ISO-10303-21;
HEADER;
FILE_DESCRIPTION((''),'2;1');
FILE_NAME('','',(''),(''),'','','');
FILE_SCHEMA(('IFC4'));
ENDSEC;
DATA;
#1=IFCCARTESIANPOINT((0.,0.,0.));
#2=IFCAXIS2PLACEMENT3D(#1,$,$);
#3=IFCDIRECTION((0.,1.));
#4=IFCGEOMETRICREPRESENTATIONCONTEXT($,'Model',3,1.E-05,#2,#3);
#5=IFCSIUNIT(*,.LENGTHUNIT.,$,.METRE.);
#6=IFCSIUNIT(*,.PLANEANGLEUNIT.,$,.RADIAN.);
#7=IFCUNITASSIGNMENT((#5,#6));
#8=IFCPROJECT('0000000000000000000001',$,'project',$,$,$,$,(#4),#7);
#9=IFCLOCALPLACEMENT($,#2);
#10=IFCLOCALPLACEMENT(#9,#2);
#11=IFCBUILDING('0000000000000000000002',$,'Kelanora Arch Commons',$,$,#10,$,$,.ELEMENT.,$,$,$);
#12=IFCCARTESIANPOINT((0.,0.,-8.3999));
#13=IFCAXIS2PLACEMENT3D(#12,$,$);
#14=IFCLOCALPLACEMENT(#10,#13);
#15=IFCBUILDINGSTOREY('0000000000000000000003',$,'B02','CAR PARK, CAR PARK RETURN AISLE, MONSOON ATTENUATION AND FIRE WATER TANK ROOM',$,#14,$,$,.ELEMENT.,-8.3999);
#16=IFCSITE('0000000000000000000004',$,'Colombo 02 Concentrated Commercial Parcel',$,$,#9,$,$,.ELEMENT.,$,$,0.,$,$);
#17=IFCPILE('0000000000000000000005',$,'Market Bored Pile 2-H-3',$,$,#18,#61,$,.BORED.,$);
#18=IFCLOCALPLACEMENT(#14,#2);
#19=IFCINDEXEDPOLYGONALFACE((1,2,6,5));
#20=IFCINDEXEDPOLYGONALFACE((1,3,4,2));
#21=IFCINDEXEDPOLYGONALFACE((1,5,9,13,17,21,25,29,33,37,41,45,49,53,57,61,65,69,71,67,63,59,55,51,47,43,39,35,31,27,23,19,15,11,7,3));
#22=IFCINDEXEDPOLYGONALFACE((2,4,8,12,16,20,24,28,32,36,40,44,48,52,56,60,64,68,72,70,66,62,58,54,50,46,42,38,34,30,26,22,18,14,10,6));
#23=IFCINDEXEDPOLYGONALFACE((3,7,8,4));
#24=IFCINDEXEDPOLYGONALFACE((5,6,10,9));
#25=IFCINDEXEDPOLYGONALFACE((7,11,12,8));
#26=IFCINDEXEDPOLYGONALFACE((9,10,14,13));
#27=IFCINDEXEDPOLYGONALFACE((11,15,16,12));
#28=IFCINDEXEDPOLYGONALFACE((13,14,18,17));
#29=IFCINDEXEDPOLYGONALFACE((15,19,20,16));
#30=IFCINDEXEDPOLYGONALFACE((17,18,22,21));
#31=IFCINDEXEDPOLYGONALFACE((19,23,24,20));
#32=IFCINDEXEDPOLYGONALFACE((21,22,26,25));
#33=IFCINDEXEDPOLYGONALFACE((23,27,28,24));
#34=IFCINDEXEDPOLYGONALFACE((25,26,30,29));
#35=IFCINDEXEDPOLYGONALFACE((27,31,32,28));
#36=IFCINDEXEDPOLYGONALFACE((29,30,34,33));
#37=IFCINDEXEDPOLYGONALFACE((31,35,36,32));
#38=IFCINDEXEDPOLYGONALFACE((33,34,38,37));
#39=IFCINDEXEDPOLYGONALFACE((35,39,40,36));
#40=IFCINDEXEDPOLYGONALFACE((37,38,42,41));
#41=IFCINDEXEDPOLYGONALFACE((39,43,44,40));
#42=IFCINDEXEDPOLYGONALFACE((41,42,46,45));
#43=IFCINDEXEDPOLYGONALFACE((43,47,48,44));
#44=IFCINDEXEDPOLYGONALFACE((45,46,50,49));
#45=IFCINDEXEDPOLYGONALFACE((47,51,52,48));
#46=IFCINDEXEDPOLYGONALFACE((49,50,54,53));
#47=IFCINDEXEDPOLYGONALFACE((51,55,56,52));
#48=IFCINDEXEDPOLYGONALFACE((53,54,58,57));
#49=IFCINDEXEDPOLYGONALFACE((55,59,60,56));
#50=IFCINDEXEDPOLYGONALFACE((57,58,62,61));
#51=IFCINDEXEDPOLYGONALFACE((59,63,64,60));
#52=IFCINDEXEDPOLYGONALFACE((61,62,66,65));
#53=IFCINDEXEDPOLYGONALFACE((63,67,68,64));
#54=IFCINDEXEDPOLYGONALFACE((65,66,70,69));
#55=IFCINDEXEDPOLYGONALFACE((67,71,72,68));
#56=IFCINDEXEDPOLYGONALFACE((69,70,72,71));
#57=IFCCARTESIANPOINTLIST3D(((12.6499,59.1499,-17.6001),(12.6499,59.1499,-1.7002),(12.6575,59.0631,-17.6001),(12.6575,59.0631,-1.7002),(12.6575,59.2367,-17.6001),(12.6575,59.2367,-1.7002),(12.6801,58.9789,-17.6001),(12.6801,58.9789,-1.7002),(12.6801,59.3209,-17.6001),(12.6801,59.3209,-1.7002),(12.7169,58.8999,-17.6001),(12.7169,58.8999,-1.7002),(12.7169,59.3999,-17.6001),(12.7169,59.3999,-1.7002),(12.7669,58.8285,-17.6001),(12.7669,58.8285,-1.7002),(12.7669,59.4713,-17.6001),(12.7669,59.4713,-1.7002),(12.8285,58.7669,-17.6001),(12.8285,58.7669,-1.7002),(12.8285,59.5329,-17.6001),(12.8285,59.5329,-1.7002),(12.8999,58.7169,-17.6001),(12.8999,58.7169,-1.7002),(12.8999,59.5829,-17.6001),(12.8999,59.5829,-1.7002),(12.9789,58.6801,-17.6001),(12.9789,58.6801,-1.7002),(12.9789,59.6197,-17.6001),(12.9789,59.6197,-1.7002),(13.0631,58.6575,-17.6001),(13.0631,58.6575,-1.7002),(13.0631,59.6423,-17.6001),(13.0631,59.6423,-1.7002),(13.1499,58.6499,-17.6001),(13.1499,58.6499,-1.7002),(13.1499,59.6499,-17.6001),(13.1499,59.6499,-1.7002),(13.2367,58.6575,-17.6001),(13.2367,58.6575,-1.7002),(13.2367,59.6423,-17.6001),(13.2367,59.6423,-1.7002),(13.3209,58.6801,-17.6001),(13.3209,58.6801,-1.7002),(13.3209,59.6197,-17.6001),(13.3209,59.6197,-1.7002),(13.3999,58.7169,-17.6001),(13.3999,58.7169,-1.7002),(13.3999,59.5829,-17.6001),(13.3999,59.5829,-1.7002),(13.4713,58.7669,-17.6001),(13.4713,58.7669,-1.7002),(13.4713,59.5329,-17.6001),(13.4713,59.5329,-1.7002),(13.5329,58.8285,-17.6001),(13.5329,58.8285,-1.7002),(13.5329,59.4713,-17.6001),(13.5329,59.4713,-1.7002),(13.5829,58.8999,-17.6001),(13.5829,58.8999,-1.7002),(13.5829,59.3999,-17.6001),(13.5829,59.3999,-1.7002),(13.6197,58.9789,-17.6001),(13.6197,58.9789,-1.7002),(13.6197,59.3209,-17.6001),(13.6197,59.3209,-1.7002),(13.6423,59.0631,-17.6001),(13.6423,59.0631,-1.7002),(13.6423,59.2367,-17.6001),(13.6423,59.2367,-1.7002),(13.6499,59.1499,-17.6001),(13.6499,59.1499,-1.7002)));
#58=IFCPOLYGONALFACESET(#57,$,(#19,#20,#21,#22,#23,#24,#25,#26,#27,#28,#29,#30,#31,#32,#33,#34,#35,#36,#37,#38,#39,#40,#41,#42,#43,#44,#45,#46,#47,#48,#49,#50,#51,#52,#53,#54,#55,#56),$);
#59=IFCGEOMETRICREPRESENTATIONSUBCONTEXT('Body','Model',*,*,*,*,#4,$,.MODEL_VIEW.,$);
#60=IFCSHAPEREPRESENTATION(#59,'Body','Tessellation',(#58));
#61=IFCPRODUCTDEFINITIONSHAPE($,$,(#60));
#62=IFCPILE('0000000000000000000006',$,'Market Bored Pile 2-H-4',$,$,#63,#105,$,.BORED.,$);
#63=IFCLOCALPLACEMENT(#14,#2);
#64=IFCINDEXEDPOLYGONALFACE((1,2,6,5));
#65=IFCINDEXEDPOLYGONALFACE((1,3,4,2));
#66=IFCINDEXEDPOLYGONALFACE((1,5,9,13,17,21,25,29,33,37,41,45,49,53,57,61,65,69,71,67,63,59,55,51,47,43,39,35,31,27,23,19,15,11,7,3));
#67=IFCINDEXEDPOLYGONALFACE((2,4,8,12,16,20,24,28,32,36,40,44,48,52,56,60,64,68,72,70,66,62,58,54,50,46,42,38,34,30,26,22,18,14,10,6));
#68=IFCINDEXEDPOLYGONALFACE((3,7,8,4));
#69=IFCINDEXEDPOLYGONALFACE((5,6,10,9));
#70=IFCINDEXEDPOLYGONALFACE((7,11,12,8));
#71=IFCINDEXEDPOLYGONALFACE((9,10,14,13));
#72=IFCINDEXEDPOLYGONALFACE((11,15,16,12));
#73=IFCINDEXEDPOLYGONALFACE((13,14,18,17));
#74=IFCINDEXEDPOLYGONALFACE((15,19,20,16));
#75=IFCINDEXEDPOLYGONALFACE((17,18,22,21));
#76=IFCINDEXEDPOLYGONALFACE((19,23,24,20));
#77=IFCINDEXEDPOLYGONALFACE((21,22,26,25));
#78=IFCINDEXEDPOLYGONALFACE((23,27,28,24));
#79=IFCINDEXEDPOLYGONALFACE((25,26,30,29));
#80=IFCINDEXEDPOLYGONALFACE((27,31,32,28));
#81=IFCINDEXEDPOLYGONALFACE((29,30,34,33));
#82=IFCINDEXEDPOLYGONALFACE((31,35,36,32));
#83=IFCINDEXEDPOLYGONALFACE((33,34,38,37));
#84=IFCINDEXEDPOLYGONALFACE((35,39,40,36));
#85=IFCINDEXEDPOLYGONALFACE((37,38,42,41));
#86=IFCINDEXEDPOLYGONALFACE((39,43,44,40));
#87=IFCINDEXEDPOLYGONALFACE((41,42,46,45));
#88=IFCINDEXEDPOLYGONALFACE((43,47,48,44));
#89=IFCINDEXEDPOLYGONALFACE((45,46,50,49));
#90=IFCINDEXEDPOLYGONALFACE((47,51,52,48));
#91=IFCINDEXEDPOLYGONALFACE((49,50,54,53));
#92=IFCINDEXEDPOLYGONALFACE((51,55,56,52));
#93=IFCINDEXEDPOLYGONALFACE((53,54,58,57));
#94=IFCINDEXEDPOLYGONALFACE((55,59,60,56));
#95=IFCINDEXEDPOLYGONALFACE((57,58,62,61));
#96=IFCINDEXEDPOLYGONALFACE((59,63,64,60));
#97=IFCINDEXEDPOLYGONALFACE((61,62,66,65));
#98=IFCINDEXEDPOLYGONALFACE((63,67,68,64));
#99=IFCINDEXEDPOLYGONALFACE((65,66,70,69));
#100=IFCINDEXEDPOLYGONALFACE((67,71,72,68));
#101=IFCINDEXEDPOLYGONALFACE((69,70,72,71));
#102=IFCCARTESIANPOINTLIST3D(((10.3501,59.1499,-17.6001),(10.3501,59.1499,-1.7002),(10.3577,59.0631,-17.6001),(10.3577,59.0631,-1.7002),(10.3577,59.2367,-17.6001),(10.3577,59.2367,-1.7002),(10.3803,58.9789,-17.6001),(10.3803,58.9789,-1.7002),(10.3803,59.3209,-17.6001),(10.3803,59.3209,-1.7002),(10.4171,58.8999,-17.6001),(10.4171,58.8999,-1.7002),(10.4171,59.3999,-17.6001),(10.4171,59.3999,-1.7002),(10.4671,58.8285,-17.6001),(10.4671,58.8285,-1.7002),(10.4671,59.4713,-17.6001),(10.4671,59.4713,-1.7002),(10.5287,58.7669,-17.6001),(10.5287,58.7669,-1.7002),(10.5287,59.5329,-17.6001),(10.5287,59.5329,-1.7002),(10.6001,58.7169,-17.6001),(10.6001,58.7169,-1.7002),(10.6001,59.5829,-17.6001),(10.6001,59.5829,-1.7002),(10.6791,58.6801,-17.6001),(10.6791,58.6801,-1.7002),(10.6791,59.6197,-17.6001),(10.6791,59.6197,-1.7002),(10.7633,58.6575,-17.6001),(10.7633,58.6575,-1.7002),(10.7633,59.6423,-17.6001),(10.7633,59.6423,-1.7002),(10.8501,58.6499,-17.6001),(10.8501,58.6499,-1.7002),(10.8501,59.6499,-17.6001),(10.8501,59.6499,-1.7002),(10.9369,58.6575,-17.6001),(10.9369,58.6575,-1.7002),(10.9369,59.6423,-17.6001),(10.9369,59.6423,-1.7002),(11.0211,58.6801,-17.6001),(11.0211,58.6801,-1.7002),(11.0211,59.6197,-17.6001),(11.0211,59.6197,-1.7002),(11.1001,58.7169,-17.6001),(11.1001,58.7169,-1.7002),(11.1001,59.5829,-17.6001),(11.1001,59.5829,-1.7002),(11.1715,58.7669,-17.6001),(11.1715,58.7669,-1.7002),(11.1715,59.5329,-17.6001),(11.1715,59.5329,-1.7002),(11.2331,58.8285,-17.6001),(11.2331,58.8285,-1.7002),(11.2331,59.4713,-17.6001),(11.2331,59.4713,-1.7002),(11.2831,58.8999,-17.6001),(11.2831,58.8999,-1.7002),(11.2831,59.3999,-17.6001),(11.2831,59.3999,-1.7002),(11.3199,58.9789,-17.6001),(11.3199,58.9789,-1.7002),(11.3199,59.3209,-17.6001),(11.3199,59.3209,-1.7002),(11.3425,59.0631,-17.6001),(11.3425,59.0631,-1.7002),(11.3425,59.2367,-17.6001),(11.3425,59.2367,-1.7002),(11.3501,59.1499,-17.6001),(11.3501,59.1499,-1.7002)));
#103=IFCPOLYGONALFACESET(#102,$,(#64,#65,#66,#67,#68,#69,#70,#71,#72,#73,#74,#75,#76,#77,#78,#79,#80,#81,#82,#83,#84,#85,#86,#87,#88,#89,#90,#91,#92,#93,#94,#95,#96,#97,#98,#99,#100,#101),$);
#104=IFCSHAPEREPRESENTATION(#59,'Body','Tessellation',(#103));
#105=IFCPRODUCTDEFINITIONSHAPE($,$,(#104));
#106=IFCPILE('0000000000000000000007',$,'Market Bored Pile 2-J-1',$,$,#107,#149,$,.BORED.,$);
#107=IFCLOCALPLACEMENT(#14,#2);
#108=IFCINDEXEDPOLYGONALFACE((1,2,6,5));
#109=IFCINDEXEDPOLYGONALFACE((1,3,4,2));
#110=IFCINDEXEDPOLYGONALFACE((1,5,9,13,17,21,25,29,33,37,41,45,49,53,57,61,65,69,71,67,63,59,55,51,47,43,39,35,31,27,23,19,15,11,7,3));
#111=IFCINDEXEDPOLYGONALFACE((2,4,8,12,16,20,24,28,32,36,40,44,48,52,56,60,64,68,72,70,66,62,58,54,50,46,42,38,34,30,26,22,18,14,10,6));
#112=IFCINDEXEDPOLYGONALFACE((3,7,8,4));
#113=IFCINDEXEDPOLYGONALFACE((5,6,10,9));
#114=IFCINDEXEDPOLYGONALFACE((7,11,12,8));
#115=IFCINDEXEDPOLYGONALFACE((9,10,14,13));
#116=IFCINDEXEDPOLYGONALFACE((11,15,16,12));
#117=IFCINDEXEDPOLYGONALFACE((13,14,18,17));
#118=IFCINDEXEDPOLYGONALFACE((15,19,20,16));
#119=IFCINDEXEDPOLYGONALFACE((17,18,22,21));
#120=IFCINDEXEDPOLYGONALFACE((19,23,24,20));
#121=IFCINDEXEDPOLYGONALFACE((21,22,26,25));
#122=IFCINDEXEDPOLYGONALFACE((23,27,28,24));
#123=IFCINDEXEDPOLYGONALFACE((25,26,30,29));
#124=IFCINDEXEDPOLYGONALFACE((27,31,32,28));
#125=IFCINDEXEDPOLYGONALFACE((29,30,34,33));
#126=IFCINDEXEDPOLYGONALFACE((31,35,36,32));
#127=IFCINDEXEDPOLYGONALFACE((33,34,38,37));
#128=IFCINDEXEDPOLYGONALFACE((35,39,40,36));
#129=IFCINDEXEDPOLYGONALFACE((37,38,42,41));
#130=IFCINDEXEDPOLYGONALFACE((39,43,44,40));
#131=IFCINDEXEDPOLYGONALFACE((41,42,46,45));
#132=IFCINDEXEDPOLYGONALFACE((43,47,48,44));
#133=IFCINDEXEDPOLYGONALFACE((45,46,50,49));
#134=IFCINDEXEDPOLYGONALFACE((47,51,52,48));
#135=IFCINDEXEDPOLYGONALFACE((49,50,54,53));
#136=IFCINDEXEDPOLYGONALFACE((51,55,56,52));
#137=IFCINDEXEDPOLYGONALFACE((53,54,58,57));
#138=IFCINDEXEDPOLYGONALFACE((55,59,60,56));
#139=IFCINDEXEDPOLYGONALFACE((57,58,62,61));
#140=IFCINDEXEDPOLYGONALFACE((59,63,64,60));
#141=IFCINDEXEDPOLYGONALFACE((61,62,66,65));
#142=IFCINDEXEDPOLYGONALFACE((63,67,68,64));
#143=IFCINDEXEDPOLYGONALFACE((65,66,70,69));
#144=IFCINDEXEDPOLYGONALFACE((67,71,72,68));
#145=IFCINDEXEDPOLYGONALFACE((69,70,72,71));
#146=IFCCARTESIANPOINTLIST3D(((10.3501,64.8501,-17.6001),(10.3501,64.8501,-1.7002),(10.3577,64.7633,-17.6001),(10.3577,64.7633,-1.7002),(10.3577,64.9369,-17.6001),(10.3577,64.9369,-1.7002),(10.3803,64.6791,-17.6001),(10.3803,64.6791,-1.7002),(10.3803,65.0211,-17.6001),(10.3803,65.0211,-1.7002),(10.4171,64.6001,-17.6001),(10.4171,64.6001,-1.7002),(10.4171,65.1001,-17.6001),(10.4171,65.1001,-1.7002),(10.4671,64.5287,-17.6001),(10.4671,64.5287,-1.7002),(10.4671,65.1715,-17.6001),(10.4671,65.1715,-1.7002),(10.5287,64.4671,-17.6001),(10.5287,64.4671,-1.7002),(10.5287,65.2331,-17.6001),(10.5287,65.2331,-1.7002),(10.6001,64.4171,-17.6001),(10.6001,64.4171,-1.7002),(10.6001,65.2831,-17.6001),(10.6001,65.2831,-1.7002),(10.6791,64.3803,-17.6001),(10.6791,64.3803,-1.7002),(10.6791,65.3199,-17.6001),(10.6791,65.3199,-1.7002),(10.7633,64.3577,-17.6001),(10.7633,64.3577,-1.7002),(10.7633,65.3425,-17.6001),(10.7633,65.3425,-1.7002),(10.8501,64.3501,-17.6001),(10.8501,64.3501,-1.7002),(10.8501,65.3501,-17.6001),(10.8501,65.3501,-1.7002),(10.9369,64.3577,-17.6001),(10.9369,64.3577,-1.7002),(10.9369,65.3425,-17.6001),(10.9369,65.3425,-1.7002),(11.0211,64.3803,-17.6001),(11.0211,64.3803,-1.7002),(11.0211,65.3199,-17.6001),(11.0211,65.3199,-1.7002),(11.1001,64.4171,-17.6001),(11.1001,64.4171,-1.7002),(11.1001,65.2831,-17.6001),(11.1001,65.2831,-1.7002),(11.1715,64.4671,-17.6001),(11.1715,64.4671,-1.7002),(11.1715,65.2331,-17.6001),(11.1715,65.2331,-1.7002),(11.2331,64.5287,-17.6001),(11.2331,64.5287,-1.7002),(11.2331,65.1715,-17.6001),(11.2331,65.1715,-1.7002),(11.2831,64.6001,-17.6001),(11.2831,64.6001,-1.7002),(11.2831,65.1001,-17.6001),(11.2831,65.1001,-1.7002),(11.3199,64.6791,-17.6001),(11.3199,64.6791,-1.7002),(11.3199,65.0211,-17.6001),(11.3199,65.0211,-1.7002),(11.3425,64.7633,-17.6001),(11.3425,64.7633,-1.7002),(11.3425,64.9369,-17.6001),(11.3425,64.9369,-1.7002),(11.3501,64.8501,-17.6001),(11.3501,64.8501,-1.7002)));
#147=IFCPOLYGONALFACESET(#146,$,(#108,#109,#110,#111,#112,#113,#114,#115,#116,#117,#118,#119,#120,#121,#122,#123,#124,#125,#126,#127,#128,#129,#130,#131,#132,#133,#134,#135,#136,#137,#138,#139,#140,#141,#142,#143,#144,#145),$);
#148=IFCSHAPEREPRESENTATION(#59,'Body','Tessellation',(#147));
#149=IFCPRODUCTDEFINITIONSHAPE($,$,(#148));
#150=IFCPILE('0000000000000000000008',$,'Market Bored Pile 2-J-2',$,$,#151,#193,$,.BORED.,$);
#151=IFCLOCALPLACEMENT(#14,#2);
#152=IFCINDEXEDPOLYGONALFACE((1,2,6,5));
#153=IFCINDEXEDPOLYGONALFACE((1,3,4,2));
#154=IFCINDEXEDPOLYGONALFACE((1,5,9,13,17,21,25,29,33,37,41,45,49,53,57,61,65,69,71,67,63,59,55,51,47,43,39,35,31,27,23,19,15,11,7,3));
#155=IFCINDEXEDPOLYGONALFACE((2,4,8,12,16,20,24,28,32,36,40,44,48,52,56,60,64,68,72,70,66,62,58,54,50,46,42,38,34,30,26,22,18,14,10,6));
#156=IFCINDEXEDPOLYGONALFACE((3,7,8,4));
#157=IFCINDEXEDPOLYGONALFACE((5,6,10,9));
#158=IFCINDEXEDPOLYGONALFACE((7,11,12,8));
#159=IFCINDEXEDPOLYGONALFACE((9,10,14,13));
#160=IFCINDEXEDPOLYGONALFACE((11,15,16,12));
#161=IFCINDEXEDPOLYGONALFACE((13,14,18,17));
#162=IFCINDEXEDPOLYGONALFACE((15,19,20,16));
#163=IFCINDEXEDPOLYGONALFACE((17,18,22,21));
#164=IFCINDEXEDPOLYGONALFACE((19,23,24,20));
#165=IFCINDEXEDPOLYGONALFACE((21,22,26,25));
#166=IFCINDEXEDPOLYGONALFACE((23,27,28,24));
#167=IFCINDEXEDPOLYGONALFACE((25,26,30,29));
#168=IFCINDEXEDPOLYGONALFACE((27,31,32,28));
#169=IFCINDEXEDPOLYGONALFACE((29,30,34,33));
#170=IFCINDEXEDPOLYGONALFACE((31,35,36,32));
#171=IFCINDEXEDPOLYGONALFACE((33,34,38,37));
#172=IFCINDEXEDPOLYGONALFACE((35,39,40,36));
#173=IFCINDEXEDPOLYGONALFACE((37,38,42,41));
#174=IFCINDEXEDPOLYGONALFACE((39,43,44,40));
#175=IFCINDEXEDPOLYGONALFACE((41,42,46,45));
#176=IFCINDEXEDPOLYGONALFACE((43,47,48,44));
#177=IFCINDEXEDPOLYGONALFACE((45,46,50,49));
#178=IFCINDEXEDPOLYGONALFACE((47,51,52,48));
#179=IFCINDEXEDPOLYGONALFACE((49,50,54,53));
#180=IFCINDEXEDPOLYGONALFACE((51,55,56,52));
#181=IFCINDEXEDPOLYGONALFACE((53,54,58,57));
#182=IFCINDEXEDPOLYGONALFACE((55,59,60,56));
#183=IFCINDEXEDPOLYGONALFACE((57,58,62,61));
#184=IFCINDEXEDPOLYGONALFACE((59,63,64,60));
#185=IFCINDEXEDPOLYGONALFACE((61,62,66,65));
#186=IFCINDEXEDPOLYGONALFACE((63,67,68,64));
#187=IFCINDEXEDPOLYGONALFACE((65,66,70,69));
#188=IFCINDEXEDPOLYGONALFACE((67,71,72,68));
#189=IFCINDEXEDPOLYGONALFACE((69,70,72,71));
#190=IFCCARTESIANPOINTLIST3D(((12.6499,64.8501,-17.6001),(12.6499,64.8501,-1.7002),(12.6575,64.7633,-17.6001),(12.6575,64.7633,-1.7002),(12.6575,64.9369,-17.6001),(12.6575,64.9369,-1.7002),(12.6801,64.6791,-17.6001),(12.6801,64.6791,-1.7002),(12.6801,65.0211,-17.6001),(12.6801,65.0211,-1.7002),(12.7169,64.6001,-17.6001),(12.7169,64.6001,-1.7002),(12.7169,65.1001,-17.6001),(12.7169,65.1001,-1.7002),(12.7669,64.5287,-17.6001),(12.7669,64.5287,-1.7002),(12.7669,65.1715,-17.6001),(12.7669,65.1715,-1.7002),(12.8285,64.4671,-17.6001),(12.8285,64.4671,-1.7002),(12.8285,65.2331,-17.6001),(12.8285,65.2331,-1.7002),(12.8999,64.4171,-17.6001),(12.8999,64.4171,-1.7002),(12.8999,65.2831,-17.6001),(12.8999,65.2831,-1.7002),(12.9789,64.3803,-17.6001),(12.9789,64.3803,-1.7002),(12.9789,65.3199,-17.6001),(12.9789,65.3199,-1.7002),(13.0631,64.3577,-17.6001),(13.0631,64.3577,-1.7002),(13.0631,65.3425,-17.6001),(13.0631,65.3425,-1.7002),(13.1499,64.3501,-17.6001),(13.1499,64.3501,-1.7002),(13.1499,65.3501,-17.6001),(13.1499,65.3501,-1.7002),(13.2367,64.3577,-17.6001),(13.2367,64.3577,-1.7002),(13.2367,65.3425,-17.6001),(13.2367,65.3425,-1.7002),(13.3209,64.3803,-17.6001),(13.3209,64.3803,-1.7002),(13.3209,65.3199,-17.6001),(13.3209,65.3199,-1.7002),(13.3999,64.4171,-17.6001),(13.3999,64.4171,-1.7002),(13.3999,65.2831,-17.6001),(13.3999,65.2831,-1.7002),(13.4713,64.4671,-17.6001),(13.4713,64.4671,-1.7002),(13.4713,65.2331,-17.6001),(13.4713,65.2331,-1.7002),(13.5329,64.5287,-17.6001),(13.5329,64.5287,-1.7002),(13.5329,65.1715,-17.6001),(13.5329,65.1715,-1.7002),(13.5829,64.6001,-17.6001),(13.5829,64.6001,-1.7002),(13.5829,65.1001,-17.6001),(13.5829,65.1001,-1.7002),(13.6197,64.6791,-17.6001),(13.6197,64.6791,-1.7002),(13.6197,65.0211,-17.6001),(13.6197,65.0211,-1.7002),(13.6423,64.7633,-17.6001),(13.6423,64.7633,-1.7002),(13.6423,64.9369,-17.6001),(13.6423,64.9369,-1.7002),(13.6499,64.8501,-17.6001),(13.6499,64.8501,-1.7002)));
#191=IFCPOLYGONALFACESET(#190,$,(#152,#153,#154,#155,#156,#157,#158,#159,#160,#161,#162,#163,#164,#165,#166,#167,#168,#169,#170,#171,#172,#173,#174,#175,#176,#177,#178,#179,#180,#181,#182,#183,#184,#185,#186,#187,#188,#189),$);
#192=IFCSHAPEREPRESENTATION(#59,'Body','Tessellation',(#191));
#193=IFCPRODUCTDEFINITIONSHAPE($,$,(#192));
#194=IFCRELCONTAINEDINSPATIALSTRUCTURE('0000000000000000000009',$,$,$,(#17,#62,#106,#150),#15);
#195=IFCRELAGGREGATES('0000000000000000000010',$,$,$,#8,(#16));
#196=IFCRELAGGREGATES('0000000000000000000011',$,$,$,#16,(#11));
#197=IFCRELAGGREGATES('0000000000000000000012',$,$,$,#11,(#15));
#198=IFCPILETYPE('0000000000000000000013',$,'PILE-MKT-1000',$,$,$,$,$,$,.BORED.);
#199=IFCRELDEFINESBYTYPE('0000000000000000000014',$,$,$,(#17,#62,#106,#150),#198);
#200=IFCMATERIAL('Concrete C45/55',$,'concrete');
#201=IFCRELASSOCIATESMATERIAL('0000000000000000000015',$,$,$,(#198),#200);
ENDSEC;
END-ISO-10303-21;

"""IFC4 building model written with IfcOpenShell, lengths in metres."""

from ifc_helpers import new_model, si_unit, direction, frame, origin, origin_2d, place, context, subcontext, project, spatial, circle, extrude, source, transform, mapped, material, material_profile, profile_set, type_object, element, save


model = new_model("IFC4")

# Units and contexts
model_context = context("Model", 3, precision=1e-05, world=origin(), true_north=direction((0.0, 1.0)))
body_context = subcontext(model_context, "Body", "Model", "MODEL_VIEW")
ifc_project = project(units=[si_unit("LENGTHUNIT", "METRE"), si_unit("PLANEANGLEUNIT", "RADIAN")], contexts=[model_context])

# Site, building, storey
site_placement = place(None, origin())
site = spatial("IfcSite", under=ifc_project, at=site_placement, Name="Colombo 02 Concentrated Commercial Parcel", CompositionType="ELEMENT", RefElevation=0.0)
building_placement = place(site_placement, origin())
building = spatial("IfcBuilding", under=site, at=building_placement, Name="Kelanora Arch Commons", CompositionType="ELEMENT")
storey_placement = place(building_placement, frame((0.0, 0.0, -8.3999)))
storey = spatial("IfcBuildingStorey", under=building, at=storey_placement, Name="B02", Description="CAR PARK, CAR PARK RETURN AISLE, MONSOON ATTENUATION AND FIRE WATER TANK ROOM", CompositionType="ELEMENT", Elevation=-8.3999)

# Piles
ifc_material_1 = material(Name="Concrete C45/55", Category="concrete")
ifc_material_profile_1 = material_profile(ifc_material_1, circle(Radius=0.5, at=origin_2d()), Name="PILE1000")
ifc_profile_set_1 = profile_set([ifc_material_profile_1], Name="Concrete C45/55")
pile_type = type_object("IfcPileType", Name="PILE-MKT-1000", PredefinedType="BORED", material=ifc_profile_set_1)
shared_shape_1 = source(origin(), body_context, "Body", "SweptSolid", [
    extrude(circle(Radius=0.5, at=origin_2d()), origin(), (0.0, 0.0, 1.0), 15.8999),
])
for number, where, z_axis, x_axis, name in (
    (1, (13.1499, 59.1499, -1.7002), (0.0, 0.0, -1.0), (1.0, 0.0, 0.0), "Market Bored Pile 2-H-3"),
    (2, (10.8501, 59.1499, -1.7002), (0.0, 0.0, -1.0), (1.0, 0.0, 0.0), "Market Bored Pile 2-H-4"),
    (3, (10.8501, 64.8501, -1.7002), (0.0, 0.0, -1.0), (1.0, 0.0, 0.0), "Market Bored Pile 2-J-1"),
    (4, (13.1499, 64.8501, -1.7002), (0.0, 0.0, -1.0), (1.0, 0.0, 0.0), "Market Bored Pile 2-J-2"),
):
    element("IfcPile", number, at=place(storey_placement, frame(where, z_axis=z_axis, x_axis=x_axis)), inside=storey, type_object=pile_type, Name=name, PredefinedType="BORED", context=body_context, shape_type="MappedRepresentation", body=[
        mapped(shared_shape_1, transform((0.0, 0.0, 0.0), scale=1.0)),
    ])

save(model, "model.ifc")
